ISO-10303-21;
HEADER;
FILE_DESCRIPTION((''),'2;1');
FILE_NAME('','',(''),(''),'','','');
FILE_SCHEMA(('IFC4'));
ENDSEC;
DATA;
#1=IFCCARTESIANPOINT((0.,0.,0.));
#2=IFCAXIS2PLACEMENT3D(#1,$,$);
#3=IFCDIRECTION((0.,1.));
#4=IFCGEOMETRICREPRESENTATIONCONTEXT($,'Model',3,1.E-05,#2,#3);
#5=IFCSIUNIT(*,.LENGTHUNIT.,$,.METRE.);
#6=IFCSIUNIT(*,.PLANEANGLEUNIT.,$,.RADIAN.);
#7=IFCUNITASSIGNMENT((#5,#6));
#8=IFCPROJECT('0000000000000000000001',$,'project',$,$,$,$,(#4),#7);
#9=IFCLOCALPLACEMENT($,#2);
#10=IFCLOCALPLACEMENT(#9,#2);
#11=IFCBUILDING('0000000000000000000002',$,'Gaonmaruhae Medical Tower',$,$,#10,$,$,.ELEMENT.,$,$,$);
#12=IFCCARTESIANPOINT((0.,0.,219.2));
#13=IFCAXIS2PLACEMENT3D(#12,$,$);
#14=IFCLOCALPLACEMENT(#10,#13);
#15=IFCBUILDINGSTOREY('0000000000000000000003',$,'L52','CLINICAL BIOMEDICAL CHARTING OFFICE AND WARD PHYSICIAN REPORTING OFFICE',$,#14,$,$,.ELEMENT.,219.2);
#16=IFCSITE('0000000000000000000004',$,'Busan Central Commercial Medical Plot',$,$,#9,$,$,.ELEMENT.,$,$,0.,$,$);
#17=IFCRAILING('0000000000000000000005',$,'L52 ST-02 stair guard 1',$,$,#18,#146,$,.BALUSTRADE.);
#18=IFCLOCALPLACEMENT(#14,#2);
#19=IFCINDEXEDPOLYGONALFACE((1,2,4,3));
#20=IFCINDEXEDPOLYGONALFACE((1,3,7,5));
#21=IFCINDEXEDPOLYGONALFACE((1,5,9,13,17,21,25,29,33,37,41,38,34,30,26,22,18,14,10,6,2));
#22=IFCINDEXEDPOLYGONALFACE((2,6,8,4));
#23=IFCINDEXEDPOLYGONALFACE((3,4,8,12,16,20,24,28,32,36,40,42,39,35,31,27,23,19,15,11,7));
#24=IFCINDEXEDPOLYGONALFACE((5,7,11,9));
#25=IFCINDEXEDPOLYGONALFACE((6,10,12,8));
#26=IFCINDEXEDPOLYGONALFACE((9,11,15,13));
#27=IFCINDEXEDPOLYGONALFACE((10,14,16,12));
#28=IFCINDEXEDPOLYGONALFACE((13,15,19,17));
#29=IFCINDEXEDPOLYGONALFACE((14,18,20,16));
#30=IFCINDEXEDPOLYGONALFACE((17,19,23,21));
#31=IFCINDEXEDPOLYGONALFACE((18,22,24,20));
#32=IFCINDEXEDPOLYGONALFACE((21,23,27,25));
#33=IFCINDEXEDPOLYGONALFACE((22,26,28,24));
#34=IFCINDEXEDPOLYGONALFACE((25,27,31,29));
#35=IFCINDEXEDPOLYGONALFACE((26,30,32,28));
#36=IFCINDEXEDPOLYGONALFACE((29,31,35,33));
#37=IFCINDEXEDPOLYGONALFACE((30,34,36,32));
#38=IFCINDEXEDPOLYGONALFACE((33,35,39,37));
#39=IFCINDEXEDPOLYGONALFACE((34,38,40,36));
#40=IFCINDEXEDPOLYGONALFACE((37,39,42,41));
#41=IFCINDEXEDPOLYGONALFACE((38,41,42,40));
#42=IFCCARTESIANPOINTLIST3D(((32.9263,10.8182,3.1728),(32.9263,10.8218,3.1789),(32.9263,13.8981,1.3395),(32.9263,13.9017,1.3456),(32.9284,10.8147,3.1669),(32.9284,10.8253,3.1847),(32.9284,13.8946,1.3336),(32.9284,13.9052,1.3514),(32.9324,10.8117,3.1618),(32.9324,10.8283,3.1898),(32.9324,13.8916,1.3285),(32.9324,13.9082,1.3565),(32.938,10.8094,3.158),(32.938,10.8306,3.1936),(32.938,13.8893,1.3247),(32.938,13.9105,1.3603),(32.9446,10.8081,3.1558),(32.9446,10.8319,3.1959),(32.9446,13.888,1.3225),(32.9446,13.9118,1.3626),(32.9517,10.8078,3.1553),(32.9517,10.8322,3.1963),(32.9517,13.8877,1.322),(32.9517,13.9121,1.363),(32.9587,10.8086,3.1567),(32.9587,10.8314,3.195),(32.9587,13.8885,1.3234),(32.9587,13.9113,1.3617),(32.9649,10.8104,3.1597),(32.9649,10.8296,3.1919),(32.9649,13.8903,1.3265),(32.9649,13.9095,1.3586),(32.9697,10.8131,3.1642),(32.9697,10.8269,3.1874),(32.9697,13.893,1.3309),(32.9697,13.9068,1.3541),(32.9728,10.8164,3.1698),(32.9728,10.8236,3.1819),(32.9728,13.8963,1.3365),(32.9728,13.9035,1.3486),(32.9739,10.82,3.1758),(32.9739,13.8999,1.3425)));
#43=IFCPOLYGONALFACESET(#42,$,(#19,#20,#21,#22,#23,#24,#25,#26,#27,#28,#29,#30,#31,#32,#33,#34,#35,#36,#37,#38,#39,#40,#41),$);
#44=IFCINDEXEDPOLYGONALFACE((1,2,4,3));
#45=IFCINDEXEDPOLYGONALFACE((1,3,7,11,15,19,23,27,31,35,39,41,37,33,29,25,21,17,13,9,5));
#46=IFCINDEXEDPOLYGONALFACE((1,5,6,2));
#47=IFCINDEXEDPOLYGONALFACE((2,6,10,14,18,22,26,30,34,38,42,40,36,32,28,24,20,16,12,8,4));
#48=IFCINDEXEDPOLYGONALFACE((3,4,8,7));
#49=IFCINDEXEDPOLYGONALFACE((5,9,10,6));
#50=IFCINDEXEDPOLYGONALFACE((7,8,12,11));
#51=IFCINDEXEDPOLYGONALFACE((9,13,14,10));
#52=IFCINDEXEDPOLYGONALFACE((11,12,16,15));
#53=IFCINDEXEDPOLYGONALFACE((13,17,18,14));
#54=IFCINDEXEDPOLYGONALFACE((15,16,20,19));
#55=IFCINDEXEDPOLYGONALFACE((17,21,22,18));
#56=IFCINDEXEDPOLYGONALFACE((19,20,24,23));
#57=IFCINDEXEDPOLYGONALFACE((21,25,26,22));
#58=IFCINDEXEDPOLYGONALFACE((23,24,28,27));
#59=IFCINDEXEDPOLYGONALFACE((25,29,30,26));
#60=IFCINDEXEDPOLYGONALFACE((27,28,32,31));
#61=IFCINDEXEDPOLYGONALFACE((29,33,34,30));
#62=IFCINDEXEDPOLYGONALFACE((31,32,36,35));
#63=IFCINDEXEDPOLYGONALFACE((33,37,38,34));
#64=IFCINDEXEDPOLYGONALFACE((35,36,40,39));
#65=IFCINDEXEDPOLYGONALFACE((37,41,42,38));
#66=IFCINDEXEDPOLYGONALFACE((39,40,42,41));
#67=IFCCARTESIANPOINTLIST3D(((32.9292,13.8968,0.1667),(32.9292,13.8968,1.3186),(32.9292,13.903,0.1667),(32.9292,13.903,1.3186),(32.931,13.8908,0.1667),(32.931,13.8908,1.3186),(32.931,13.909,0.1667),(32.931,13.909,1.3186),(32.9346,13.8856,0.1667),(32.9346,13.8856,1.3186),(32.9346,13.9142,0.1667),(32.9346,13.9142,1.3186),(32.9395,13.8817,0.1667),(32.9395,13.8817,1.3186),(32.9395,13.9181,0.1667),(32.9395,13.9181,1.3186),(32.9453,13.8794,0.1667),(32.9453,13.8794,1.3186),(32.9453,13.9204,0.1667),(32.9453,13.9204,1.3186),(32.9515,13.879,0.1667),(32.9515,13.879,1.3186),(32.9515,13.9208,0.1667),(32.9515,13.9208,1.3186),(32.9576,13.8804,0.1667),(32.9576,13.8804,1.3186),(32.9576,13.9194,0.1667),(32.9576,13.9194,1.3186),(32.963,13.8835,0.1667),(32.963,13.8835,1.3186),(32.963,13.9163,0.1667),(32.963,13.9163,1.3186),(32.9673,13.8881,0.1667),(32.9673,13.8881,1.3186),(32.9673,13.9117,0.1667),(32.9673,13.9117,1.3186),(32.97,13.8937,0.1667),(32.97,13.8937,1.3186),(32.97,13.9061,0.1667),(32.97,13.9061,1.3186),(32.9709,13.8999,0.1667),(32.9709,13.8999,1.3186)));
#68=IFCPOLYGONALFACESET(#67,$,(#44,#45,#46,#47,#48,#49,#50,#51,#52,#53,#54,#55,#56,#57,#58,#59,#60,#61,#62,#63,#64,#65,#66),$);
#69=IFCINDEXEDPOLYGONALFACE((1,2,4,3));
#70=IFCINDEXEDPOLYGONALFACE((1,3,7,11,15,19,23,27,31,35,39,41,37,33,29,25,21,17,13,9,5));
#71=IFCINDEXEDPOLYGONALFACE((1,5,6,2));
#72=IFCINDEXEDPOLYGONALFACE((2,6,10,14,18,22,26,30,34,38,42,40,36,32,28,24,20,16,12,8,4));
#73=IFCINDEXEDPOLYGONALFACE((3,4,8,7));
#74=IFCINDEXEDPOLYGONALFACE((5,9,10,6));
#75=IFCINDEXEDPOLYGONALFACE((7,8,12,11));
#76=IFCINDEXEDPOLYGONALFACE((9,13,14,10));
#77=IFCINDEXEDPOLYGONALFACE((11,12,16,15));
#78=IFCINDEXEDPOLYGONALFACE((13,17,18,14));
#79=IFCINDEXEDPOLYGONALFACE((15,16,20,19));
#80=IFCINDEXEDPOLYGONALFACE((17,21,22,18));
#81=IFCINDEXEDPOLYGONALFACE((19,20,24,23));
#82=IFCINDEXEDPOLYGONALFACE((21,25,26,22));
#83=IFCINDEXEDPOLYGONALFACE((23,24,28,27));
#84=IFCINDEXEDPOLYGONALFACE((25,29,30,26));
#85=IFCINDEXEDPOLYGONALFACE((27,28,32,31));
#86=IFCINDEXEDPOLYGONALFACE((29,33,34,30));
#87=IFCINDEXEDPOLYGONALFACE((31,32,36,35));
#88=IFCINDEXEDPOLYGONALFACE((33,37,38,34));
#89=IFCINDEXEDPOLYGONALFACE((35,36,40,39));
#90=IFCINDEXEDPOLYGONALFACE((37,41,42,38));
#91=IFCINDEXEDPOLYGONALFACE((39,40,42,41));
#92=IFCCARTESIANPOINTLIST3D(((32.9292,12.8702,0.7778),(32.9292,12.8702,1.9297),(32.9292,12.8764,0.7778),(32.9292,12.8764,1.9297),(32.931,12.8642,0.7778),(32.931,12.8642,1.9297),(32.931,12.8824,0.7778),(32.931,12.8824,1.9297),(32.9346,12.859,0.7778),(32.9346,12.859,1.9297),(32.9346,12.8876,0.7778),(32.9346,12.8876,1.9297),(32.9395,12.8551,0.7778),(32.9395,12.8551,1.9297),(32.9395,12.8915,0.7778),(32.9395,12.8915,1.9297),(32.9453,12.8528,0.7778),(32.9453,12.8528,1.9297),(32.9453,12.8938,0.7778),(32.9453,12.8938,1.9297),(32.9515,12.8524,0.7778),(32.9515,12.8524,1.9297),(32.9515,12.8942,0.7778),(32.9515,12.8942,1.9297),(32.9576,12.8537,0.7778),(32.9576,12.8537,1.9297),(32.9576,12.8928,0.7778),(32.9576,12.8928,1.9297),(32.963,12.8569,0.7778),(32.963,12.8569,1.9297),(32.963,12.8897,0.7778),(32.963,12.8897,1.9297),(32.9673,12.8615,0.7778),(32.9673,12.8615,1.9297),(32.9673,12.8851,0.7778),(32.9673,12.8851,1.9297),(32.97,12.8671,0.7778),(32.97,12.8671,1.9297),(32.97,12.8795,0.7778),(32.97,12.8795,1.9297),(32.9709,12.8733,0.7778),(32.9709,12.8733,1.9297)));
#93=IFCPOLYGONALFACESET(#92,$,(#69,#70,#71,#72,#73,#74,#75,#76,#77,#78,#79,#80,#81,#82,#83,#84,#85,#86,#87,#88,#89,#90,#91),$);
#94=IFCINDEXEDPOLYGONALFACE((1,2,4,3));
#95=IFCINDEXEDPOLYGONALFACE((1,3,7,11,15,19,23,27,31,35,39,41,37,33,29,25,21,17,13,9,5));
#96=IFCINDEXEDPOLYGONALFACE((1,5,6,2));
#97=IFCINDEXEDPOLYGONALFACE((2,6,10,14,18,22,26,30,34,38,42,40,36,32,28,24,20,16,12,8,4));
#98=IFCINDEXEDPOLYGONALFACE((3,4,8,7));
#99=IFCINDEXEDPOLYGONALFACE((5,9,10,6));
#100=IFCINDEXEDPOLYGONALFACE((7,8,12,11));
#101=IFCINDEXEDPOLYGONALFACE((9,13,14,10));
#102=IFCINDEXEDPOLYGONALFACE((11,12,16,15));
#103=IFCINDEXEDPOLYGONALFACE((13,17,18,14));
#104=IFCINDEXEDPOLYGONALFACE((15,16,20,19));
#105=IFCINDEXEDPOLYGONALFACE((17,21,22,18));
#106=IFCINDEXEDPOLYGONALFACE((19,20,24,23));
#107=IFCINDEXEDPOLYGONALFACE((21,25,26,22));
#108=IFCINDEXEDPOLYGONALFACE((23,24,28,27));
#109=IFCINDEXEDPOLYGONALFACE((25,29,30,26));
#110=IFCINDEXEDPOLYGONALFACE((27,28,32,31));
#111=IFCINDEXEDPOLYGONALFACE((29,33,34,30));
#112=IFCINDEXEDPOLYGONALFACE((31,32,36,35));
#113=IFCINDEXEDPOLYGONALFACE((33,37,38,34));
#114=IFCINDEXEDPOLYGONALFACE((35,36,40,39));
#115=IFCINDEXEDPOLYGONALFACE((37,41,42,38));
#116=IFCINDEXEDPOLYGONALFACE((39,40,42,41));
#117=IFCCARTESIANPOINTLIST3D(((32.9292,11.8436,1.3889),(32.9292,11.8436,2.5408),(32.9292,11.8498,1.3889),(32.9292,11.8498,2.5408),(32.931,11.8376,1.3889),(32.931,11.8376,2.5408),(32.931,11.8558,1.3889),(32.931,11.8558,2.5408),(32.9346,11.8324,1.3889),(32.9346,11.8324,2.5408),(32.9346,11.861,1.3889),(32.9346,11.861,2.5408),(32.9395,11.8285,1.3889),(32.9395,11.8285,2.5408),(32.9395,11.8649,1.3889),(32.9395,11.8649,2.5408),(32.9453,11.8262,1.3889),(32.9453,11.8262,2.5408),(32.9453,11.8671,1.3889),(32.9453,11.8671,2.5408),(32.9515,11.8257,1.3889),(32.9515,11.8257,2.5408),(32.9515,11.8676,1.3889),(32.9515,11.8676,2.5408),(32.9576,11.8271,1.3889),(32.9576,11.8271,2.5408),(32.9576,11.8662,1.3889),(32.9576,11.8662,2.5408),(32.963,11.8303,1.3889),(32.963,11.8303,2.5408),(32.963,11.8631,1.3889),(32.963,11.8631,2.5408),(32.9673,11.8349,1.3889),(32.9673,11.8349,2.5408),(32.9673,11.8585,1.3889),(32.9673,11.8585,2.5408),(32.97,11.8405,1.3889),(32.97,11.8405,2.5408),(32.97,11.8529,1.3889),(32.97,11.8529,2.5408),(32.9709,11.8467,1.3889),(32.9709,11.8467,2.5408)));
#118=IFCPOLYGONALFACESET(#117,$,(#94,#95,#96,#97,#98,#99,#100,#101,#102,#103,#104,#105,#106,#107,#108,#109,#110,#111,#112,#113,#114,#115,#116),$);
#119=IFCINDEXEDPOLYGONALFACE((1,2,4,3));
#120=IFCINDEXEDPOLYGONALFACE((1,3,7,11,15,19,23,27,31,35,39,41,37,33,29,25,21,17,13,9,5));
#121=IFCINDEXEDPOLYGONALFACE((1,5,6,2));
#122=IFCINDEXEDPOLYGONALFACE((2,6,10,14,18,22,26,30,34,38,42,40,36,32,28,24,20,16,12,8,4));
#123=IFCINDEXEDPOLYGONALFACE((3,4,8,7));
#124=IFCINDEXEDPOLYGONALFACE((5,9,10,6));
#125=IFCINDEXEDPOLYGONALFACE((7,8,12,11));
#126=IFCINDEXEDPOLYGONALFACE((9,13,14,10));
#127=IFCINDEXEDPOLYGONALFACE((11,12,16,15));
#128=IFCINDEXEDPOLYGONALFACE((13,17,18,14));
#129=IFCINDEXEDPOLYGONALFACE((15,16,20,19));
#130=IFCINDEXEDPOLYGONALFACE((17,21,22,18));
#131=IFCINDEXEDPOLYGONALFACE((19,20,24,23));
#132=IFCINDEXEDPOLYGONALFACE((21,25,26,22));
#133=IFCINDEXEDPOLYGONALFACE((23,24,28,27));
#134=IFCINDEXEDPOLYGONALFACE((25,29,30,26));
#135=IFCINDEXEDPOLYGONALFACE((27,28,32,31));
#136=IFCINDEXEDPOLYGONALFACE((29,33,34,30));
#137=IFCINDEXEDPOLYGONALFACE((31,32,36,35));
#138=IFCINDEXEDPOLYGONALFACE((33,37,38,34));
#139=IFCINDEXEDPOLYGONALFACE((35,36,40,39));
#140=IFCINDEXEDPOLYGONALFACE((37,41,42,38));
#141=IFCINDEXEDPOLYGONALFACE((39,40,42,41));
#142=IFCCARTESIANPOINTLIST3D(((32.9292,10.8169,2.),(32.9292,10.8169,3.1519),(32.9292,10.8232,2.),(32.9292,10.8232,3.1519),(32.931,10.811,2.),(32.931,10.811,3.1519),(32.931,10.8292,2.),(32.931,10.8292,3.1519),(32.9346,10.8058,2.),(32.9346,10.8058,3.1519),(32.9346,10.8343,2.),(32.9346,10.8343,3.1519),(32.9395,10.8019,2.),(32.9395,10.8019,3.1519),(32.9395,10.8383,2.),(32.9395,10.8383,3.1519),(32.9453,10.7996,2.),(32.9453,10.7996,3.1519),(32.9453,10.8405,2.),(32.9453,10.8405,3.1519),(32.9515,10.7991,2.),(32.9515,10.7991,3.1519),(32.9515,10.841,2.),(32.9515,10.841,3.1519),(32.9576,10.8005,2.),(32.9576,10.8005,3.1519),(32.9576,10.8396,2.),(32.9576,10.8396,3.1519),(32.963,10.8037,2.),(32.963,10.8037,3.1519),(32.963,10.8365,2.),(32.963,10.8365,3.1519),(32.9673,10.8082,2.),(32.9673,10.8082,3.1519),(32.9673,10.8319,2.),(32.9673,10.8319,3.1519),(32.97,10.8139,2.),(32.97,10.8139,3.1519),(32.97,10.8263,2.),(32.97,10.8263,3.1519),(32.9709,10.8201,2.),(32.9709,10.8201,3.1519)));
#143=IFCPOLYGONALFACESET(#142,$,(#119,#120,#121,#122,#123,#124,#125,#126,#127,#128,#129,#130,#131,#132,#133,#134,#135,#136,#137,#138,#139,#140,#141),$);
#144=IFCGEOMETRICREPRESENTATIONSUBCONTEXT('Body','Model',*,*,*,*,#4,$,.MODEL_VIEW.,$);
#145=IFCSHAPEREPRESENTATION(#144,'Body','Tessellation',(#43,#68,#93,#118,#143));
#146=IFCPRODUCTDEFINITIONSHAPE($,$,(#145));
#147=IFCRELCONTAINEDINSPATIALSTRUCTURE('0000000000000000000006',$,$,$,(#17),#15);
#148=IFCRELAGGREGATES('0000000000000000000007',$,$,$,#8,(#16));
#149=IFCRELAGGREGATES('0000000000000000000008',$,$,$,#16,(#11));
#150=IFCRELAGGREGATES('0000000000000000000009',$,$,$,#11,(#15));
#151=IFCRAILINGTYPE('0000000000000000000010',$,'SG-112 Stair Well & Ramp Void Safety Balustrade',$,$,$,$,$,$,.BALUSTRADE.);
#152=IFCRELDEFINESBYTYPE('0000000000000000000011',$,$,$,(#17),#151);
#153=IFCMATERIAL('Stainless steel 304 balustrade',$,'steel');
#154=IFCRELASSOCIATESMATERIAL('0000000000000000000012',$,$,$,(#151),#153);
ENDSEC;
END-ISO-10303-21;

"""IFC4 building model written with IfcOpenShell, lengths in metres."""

from ifc_helpers import new_model, si_unit, direction, frame, origin, origin_2d, place, context, subcontext, project, spatial, circle, extrude, material, type_object, element, save


model = new_model("IFC4")

# Units and contexts
model_context = context("Model", 3, precision=1e-05, world=origin(), true_north=direction((0.0, 1.0)))
body_context = subcontext(model_context, "Body", "Model", "MODEL_VIEW")
ifc_project = project(units=[si_unit("LENGTHUNIT", "METRE"), si_unit("PLANEANGLEUNIT", "RADIAN")], contexts=[model_context])

# Site, building, storey
site_placement = place(None, origin())
site = spatial("IfcSite", under=ifc_project, at=site_placement, Name="Busan Central Commercial Medical Plot", CompositionType="ELEMENT", RefElevation=0.0)
building_placement = place(site_placement, origin())
building = spatial("IfcBuilding", under=site, at=building_placement, Name="Gaonmaruhae Medical Tower", CompositionType="ELEMENT")
storey_placement = place(building_placement, frame((0.0, 0.0, 219.2)))
storey = spatial("IfcBuildingStorey", under=building, at=storey_placement, Name="L52", Description="CLINICAL BIOMEDICAL CHARTING OFFICE AND WARD PHYSICIAN REPORTING OFFICE", CompositionType="ELEMENT", Elevation=219.2)

# Railing
ifc_material_1 = material(Name="Stainless steel 304 balustrade", Category="steel")
railing_type_1 = type_object("IfcRailingType", Name="SG-112 Stair Well & Ramp Void Safety Balustrade", PredefinedType="BALUSTRADE", material=ifc_material_1)
railing_1_placement = place(storey_placement, frame((32.95, 13.8999, 0.1667)))
element("IfcRailing", 1, at=railing_1_placement, inside=storey, type_object=railing_type_1, Name="L52 ST-02 stair guard 1", PredefinedType="BALUSTRADE", context=body_context, shape_type="SweptSolid", body=[
    extrude(circle(Radius=0.0239, at=origin_2d()), frame((0.0, 0.0, 1.1758), z_axis=(0.0, -0.859291, 0.511487), x_axis=(1.0, 0.0, 0.0)), (0.0, 0.0, 1.0), 3.5842),
    extrude(circle(Radius=0.021, at=origin_2d()), origin(), (0.0, 0.0, 1.0), 1.1519),
    extrude(circle(Radius=0.021, at=origin_2d()), frame((0.0, -1.0266, 0.6111)), (0.0, 0.0, 1.0), 1.1519),
    extrude(circle(Radius=0.021, at=origin_2d()), frame((0.0, -2.0532, 1.2222)), (0.0, 0.0, 1.0), 1.1519),
    extrude(circle(Radius=0.021, at=origin_2d()), frame((0.0, -3.0798, 1.8333)), (0.0, 0.0, 1.0), 1.1519),
])

save(model, "model.ifc")
